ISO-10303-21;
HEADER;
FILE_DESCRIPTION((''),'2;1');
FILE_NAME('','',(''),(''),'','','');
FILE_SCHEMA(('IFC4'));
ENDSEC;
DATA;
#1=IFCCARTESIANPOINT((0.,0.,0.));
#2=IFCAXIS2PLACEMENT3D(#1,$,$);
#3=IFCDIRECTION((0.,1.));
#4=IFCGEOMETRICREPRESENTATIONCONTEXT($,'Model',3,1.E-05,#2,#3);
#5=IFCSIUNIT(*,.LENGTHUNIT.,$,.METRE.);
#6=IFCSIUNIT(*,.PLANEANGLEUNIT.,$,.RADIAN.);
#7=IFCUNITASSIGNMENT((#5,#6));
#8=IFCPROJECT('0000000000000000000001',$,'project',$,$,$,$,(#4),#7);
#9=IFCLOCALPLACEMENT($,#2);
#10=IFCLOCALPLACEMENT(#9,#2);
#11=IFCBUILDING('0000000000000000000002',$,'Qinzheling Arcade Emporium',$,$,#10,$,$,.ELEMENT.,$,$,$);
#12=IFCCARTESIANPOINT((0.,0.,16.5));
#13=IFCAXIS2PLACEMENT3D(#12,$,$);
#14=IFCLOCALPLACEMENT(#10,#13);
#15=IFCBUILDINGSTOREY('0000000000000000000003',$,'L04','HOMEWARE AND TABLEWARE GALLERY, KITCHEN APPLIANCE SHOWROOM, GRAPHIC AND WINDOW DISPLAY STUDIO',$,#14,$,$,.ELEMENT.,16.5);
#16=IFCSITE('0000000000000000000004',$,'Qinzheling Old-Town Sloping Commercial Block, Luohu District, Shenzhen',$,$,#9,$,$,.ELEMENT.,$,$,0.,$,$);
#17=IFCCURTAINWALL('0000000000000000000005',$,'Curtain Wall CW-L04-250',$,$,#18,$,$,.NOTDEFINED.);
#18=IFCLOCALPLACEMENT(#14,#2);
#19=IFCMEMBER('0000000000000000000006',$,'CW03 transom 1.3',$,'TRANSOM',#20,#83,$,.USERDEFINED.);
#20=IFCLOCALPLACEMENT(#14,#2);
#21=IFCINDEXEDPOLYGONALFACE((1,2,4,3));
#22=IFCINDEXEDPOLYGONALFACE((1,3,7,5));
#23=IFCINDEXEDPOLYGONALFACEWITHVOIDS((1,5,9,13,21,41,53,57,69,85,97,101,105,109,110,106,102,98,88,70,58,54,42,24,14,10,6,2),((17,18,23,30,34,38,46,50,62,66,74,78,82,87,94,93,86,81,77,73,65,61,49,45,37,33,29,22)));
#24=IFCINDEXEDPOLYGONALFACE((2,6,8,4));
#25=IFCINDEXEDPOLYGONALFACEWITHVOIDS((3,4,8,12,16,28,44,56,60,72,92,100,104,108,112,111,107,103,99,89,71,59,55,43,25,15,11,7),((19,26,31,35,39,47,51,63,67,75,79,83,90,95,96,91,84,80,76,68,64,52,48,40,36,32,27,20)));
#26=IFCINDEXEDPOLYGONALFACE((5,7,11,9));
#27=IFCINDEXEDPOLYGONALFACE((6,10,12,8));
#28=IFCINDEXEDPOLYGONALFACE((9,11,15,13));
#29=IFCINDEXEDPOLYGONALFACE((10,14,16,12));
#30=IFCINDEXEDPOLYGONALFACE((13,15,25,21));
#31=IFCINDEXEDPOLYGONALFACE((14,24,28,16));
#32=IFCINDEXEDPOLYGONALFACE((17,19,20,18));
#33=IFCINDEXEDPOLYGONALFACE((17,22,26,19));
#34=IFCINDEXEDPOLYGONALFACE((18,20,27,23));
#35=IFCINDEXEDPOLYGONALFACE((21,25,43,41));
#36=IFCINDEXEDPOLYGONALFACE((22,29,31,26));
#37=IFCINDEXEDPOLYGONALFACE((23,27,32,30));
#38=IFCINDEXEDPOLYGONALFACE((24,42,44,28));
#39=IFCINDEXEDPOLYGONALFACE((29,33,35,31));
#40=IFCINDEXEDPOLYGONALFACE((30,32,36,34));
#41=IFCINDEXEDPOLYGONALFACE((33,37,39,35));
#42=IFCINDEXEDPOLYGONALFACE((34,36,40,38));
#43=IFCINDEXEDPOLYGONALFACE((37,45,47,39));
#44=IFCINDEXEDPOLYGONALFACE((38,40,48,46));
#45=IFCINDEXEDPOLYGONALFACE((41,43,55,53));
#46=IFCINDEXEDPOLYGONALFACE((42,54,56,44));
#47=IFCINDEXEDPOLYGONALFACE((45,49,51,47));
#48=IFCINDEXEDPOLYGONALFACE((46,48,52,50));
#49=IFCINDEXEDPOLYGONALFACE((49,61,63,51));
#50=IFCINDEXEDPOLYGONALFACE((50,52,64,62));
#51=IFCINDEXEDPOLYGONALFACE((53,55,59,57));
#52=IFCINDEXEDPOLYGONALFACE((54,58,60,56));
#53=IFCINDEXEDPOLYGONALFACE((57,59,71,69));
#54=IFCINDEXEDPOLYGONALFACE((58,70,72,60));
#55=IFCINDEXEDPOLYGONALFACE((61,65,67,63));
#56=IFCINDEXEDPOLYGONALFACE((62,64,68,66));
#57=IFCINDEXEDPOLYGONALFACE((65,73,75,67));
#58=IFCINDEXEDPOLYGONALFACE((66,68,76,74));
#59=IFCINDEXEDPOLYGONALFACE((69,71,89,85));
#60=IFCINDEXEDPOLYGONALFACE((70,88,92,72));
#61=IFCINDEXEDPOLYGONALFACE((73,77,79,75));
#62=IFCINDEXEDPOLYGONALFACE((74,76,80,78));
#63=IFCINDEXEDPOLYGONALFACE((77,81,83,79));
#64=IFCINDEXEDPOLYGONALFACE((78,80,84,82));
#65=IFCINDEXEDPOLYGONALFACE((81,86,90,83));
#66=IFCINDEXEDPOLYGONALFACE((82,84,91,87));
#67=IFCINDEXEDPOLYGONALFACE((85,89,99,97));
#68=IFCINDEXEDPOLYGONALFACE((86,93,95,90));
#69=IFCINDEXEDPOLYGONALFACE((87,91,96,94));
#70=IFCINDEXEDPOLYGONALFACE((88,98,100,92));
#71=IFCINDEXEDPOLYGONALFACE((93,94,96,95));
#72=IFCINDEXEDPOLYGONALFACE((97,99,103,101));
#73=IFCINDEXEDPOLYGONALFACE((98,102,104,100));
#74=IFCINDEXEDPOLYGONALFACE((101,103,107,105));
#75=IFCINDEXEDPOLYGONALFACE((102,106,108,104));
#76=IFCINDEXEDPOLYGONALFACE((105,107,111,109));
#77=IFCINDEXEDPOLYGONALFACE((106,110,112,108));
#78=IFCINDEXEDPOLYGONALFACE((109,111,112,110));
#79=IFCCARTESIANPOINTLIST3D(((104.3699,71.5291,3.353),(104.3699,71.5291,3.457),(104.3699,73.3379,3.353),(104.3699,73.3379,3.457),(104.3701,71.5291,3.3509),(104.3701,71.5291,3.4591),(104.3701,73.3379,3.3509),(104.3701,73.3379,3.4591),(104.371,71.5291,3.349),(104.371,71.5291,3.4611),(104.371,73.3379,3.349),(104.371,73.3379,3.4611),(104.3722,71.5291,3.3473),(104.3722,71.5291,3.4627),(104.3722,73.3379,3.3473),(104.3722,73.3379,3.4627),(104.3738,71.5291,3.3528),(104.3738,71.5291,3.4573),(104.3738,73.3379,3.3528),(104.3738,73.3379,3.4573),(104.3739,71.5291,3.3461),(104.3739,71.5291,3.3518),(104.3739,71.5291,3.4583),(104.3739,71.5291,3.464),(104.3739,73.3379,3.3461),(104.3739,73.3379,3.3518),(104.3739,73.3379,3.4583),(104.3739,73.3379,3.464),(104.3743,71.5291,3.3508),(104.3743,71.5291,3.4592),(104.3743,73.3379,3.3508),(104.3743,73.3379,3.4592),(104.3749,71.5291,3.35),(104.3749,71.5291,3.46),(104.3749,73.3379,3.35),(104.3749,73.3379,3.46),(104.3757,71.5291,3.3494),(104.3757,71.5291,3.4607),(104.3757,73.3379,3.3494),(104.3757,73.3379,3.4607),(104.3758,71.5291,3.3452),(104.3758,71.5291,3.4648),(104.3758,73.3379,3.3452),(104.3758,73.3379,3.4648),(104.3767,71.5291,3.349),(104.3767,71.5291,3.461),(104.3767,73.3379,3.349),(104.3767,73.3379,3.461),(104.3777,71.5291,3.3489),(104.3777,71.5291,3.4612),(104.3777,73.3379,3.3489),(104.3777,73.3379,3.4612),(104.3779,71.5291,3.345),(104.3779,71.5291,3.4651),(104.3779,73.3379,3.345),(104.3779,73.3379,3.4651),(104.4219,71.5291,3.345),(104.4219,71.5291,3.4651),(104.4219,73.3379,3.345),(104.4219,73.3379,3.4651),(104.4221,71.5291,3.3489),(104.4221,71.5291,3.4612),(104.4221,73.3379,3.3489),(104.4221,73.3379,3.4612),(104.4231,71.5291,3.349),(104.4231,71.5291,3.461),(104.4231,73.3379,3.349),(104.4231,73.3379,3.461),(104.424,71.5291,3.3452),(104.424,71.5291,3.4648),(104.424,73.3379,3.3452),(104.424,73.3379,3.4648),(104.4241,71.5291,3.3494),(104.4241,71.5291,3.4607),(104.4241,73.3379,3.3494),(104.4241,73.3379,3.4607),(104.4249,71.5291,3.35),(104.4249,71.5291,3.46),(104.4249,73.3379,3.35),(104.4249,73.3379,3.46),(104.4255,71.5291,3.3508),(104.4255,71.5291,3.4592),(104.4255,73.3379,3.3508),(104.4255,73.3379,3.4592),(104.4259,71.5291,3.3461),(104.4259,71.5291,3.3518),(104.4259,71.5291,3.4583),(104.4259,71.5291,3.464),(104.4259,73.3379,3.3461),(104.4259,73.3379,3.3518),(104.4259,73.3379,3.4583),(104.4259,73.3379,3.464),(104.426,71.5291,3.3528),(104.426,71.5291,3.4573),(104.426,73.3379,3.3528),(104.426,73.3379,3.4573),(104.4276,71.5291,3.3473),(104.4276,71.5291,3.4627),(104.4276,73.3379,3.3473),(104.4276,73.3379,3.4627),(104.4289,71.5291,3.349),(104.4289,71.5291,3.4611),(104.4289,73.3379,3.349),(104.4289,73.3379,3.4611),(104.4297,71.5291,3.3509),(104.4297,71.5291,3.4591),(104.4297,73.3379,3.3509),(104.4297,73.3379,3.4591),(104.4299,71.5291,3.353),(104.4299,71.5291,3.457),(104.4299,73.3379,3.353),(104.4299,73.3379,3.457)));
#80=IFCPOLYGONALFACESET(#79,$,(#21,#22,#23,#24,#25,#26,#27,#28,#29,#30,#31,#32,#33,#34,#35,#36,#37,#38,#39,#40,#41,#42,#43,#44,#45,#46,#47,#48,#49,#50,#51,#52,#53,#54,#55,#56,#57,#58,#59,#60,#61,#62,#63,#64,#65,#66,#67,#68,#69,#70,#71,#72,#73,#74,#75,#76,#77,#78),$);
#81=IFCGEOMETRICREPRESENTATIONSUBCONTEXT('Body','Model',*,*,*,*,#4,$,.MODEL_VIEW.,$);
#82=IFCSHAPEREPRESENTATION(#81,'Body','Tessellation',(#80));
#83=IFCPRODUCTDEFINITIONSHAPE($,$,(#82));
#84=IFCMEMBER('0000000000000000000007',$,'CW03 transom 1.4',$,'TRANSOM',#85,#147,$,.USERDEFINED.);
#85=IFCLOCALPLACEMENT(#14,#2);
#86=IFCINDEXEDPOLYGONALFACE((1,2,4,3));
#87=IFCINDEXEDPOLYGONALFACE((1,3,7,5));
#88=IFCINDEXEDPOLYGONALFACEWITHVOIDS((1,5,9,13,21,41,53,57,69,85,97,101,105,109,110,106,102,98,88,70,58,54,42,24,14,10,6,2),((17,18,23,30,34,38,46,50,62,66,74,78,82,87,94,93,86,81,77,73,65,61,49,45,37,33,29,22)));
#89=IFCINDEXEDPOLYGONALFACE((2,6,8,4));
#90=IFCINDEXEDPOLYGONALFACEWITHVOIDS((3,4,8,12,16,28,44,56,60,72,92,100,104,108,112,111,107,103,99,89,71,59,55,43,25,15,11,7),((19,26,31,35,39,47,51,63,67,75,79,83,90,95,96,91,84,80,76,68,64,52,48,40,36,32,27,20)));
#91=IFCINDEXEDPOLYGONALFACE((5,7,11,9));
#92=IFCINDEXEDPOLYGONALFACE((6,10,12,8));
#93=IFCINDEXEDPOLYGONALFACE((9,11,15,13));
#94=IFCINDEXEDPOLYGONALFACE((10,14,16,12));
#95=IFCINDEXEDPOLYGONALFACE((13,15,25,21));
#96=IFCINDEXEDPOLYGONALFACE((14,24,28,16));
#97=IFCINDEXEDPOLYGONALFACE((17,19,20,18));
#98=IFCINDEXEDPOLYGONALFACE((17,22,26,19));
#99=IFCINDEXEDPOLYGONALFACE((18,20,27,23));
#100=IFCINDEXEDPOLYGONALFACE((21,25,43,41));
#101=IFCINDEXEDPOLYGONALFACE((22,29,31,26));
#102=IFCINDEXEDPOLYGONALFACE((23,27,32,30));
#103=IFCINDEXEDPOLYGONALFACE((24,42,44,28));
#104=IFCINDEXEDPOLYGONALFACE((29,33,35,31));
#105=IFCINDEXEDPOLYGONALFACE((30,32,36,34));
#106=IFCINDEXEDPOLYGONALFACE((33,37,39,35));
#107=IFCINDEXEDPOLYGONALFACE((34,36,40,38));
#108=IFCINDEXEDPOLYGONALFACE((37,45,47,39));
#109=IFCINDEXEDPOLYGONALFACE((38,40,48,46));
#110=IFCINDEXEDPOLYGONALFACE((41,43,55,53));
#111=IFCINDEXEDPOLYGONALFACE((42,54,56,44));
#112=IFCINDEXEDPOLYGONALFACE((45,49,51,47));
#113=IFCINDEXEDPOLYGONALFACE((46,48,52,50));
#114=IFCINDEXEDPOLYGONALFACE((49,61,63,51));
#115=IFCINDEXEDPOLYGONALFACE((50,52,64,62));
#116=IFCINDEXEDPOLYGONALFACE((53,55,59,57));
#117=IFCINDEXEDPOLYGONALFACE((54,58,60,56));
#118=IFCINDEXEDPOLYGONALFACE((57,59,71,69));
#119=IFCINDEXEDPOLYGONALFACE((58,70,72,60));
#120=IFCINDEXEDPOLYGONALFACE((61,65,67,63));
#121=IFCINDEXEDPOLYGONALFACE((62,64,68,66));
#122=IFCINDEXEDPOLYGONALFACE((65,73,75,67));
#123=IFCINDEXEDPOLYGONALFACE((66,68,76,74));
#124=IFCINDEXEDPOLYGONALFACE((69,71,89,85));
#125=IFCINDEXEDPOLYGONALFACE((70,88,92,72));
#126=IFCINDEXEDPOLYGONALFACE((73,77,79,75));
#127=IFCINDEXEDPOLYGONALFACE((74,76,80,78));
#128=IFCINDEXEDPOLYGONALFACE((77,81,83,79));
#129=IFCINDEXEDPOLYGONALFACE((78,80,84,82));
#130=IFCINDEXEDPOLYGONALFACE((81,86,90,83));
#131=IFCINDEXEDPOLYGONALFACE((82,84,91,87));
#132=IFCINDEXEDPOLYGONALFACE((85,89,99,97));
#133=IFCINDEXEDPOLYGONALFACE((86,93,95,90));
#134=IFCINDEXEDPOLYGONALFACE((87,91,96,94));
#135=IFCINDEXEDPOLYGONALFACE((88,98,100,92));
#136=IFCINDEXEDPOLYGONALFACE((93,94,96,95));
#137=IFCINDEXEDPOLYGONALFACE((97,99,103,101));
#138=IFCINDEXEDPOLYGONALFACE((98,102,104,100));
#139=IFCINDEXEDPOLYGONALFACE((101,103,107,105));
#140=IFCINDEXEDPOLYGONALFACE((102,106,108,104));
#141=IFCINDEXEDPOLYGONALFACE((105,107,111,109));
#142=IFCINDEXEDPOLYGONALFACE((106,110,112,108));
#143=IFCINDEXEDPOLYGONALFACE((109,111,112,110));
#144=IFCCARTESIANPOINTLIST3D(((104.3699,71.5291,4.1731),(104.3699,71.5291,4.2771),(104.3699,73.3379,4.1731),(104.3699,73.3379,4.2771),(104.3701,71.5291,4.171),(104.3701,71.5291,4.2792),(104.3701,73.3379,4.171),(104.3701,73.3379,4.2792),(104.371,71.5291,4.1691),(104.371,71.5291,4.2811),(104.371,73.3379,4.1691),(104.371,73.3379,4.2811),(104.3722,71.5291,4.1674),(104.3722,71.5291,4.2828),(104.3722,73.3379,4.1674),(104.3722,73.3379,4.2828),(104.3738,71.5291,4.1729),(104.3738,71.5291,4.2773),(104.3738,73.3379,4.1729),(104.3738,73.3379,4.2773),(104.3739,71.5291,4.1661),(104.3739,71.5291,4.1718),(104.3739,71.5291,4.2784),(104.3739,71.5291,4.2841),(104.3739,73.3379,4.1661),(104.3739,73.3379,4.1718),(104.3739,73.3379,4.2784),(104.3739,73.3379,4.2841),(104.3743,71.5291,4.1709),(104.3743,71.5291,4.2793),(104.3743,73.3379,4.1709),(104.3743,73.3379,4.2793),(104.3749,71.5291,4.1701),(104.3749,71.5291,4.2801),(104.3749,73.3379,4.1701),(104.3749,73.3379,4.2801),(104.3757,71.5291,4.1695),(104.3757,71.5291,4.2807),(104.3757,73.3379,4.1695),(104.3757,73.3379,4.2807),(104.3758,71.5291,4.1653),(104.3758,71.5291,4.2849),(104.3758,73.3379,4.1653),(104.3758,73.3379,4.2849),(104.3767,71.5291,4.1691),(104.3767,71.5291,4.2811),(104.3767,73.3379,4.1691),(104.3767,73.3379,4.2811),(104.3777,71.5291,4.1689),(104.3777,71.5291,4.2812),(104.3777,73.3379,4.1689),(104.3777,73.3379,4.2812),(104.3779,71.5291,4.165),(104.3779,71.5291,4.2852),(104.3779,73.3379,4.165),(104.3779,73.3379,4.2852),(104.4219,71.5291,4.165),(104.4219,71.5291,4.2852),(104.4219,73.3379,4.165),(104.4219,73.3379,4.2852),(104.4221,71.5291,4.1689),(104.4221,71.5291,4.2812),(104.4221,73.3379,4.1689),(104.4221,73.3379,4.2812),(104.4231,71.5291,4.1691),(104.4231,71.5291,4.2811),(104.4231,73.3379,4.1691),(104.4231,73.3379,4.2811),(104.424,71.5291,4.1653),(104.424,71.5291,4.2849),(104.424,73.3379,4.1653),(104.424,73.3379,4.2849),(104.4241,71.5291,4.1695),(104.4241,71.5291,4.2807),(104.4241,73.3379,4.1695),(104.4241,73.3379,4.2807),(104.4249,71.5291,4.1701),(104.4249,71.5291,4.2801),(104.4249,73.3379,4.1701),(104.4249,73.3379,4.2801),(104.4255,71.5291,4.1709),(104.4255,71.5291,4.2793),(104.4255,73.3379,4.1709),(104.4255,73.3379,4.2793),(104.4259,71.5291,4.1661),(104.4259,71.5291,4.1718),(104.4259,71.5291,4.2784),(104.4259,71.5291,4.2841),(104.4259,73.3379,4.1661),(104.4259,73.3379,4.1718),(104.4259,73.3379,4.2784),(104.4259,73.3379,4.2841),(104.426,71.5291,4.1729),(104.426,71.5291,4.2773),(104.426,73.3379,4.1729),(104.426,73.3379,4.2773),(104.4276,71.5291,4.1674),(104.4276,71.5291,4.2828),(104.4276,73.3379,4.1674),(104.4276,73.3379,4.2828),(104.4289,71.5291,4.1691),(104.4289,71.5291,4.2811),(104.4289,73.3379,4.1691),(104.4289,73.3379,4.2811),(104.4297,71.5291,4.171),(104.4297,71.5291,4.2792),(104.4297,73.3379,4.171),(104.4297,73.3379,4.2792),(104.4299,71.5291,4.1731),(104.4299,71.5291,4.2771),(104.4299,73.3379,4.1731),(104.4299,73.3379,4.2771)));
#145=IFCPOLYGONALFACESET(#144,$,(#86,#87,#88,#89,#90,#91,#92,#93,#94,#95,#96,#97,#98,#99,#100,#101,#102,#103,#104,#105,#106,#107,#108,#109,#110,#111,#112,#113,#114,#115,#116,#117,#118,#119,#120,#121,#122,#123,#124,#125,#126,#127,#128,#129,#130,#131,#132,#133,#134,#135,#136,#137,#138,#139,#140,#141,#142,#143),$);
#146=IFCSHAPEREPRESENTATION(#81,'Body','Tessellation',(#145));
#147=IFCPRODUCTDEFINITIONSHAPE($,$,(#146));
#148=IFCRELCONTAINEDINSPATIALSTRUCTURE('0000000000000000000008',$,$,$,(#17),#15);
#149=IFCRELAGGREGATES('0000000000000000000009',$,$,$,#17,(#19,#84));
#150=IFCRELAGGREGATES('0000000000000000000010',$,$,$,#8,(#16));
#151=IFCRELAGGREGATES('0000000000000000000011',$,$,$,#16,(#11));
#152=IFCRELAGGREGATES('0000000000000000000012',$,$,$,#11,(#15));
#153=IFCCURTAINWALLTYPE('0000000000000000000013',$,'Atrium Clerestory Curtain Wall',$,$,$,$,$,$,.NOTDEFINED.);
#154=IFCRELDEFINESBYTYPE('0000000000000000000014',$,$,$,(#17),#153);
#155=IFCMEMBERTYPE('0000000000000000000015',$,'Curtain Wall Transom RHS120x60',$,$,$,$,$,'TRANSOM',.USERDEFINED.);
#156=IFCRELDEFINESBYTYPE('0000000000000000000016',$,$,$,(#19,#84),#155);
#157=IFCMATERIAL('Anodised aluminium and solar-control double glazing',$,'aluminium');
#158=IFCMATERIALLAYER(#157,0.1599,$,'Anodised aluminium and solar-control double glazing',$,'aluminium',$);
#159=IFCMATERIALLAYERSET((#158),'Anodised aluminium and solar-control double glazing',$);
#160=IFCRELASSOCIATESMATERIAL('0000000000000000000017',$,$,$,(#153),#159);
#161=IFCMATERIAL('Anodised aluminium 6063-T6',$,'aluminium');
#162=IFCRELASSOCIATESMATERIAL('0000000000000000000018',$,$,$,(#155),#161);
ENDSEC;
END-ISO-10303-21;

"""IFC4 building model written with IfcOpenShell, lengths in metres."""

from ifc_helpers import new_model, si_unit, direction, frame, origin, origin_2d, place, context, subcontext, project, spatial, hollow_rectangle, extrude, material, layer, layer_set, material_profile, profile_set, type_object, element, aggregate, save


model = new_model("IFC4")

# Units and contexts
model_context = context("Model", 3, precision=1e-05, world=origin(), true_north=direction((0.0, 1.0)))
body_context = subcontext(model_context, "Body", "Model", "MODEL_VIEW")
ifc_project = project(units=[si_unit("LENGTHUNIT", "METRE"), si_unit("PLANEANGLEUNIT", "RADIAN")], contexts=[model_context])

# Site, building, storey
site_placement = place(None, origin())
site = spatial("IfcSite", under=ifc_project, at=site_placement, Name="Qinzheling Old-Town Sloping Commercial Block, Luohu District, Shenzhen", CompositionType="ELEMENT", RefElevation=0.0)
building_placement = place(site_placement, origin())
building = spatial("IfcBuilding", under=site, at=building_placement, Name="Qinzheling Arcade Emporium", CompositionType="ELEMENT")
storey_placement = place(building_placement, frame((0.0, 0.0, 16.5)))
storey = spatial("IfcBuildingStorey", under=building, at=storey_placement, Name="L04", Description="HOMEWARE AND TABLEWARE GALLERY, KITCHEN APPLIANCE SHOWROOM, GRAPHIC AND WINDOW DISPLAY STUDIO", CompositionType="ELEMENT", Elevation=16.5)

# Curtain wall, members
ifc_material_1 = material(Name="Anodised aluminium and solar-control double glazing", Category="aluminium")
ifc_layer_1 = layer(ifc_material_1, 0.1599, Name="Anodised aluminium and solar-control double glazing", Category="aluminium")
ifc_layer_set_1 = layer_set([ifc_layer_1], Name="Anodised aluminium and solar-control double glazing")
curtain_wall_type = type_object("IfcCurtainWallType", Name="Atrium Clerestory Curtain Wall", PredefinedType="NOTDEFINED", material=ifc_layer_set_1)
curtain_wall_placement = place(storey_placement, origin())
curtain_wall = element("IfcCurtainWall", 1, at=curtain_wall_placement, inside=storey, type_object=curtain_wall_type, Name="Curtain Wall CW-L04-250", PredefinedType="NOTDEFINED")
ifc_material_2 = material(Name="Anodised aluminium 6063-T6", Category="aluminium")
ifc_material_profile_1 = material_profile(ifc_material_2, hollow_rectangle(XDim=0.0601, YDim=0.1201, WallThickness=0.0039, InnerFilletRadius=0.0039, OuterFilletRadius=0.0081, at=origin_2d()), Name="RHS 120x60x4", Category="aluminium")
ifc_profile_set_1 = profile_set([ifc_material_profile_1], Name="Anodised aluminium 6063-T6")
member_type_1 = type_object("IfcMemberType", Name="Curtain Wall Transom RHS120x60", ElementType="TRANSOM", PredefinedType="USERDEFINED", material=ifc_profile_set_1)
member_1_placement = place(storey_placement, frame((104.3999, 73.3379, 3.405), z_axis=(0.0, -1.0, 0.0), x_axis=(1.0, 0.0, 0.0)))
member_1 = element("IfcMember", 2, at=member_1_placement, type_object=member_type_1, Name="CW03 transom 1.3", ObjectType="TRANSOM", PredefinedType="USERDEFINED", context=body_context, shape_type="SweptSolid", body=[
    extrude(hollow_rectangle(XDim=0.0601, YDim=0.1201, WallThickness=0.0039, InnerFilletRadius=0.0039, OuterFilletRadius=0.0081, at=origin_2d()), origin(), (0.0, 0.0, 1.0), 1.8088),
])
member_2_placement = place(storey_placement, frame((104.3999, 73.3379, 4.2251), z_axis=(0.0, -1.0, 0.0), x_axis=(1.0, 0.0, 0.0)))
member_2 = element("IfcMember", 3, at=member_2_placement, type_object=member_type_1, Name="CW03 transom 1.4", ObjectType="TRANSOM", PredefinedType="USERDEFINED", context=body_context, shape_type="SweptSolid", body=[
    extrude(hollow_rectangle(XDim=0.0601, YDim=0.1201, WallThickness=0.0039, InnerFilletRadius=0.0039, OuterFilletRadius=0.0081, at=origin_2d()), origin(), (0.0, 0.0, 1.0), 1.8088),
])

aggregate(curtain_wall, [member_1, member_2])

save(model, "model.ifc")
